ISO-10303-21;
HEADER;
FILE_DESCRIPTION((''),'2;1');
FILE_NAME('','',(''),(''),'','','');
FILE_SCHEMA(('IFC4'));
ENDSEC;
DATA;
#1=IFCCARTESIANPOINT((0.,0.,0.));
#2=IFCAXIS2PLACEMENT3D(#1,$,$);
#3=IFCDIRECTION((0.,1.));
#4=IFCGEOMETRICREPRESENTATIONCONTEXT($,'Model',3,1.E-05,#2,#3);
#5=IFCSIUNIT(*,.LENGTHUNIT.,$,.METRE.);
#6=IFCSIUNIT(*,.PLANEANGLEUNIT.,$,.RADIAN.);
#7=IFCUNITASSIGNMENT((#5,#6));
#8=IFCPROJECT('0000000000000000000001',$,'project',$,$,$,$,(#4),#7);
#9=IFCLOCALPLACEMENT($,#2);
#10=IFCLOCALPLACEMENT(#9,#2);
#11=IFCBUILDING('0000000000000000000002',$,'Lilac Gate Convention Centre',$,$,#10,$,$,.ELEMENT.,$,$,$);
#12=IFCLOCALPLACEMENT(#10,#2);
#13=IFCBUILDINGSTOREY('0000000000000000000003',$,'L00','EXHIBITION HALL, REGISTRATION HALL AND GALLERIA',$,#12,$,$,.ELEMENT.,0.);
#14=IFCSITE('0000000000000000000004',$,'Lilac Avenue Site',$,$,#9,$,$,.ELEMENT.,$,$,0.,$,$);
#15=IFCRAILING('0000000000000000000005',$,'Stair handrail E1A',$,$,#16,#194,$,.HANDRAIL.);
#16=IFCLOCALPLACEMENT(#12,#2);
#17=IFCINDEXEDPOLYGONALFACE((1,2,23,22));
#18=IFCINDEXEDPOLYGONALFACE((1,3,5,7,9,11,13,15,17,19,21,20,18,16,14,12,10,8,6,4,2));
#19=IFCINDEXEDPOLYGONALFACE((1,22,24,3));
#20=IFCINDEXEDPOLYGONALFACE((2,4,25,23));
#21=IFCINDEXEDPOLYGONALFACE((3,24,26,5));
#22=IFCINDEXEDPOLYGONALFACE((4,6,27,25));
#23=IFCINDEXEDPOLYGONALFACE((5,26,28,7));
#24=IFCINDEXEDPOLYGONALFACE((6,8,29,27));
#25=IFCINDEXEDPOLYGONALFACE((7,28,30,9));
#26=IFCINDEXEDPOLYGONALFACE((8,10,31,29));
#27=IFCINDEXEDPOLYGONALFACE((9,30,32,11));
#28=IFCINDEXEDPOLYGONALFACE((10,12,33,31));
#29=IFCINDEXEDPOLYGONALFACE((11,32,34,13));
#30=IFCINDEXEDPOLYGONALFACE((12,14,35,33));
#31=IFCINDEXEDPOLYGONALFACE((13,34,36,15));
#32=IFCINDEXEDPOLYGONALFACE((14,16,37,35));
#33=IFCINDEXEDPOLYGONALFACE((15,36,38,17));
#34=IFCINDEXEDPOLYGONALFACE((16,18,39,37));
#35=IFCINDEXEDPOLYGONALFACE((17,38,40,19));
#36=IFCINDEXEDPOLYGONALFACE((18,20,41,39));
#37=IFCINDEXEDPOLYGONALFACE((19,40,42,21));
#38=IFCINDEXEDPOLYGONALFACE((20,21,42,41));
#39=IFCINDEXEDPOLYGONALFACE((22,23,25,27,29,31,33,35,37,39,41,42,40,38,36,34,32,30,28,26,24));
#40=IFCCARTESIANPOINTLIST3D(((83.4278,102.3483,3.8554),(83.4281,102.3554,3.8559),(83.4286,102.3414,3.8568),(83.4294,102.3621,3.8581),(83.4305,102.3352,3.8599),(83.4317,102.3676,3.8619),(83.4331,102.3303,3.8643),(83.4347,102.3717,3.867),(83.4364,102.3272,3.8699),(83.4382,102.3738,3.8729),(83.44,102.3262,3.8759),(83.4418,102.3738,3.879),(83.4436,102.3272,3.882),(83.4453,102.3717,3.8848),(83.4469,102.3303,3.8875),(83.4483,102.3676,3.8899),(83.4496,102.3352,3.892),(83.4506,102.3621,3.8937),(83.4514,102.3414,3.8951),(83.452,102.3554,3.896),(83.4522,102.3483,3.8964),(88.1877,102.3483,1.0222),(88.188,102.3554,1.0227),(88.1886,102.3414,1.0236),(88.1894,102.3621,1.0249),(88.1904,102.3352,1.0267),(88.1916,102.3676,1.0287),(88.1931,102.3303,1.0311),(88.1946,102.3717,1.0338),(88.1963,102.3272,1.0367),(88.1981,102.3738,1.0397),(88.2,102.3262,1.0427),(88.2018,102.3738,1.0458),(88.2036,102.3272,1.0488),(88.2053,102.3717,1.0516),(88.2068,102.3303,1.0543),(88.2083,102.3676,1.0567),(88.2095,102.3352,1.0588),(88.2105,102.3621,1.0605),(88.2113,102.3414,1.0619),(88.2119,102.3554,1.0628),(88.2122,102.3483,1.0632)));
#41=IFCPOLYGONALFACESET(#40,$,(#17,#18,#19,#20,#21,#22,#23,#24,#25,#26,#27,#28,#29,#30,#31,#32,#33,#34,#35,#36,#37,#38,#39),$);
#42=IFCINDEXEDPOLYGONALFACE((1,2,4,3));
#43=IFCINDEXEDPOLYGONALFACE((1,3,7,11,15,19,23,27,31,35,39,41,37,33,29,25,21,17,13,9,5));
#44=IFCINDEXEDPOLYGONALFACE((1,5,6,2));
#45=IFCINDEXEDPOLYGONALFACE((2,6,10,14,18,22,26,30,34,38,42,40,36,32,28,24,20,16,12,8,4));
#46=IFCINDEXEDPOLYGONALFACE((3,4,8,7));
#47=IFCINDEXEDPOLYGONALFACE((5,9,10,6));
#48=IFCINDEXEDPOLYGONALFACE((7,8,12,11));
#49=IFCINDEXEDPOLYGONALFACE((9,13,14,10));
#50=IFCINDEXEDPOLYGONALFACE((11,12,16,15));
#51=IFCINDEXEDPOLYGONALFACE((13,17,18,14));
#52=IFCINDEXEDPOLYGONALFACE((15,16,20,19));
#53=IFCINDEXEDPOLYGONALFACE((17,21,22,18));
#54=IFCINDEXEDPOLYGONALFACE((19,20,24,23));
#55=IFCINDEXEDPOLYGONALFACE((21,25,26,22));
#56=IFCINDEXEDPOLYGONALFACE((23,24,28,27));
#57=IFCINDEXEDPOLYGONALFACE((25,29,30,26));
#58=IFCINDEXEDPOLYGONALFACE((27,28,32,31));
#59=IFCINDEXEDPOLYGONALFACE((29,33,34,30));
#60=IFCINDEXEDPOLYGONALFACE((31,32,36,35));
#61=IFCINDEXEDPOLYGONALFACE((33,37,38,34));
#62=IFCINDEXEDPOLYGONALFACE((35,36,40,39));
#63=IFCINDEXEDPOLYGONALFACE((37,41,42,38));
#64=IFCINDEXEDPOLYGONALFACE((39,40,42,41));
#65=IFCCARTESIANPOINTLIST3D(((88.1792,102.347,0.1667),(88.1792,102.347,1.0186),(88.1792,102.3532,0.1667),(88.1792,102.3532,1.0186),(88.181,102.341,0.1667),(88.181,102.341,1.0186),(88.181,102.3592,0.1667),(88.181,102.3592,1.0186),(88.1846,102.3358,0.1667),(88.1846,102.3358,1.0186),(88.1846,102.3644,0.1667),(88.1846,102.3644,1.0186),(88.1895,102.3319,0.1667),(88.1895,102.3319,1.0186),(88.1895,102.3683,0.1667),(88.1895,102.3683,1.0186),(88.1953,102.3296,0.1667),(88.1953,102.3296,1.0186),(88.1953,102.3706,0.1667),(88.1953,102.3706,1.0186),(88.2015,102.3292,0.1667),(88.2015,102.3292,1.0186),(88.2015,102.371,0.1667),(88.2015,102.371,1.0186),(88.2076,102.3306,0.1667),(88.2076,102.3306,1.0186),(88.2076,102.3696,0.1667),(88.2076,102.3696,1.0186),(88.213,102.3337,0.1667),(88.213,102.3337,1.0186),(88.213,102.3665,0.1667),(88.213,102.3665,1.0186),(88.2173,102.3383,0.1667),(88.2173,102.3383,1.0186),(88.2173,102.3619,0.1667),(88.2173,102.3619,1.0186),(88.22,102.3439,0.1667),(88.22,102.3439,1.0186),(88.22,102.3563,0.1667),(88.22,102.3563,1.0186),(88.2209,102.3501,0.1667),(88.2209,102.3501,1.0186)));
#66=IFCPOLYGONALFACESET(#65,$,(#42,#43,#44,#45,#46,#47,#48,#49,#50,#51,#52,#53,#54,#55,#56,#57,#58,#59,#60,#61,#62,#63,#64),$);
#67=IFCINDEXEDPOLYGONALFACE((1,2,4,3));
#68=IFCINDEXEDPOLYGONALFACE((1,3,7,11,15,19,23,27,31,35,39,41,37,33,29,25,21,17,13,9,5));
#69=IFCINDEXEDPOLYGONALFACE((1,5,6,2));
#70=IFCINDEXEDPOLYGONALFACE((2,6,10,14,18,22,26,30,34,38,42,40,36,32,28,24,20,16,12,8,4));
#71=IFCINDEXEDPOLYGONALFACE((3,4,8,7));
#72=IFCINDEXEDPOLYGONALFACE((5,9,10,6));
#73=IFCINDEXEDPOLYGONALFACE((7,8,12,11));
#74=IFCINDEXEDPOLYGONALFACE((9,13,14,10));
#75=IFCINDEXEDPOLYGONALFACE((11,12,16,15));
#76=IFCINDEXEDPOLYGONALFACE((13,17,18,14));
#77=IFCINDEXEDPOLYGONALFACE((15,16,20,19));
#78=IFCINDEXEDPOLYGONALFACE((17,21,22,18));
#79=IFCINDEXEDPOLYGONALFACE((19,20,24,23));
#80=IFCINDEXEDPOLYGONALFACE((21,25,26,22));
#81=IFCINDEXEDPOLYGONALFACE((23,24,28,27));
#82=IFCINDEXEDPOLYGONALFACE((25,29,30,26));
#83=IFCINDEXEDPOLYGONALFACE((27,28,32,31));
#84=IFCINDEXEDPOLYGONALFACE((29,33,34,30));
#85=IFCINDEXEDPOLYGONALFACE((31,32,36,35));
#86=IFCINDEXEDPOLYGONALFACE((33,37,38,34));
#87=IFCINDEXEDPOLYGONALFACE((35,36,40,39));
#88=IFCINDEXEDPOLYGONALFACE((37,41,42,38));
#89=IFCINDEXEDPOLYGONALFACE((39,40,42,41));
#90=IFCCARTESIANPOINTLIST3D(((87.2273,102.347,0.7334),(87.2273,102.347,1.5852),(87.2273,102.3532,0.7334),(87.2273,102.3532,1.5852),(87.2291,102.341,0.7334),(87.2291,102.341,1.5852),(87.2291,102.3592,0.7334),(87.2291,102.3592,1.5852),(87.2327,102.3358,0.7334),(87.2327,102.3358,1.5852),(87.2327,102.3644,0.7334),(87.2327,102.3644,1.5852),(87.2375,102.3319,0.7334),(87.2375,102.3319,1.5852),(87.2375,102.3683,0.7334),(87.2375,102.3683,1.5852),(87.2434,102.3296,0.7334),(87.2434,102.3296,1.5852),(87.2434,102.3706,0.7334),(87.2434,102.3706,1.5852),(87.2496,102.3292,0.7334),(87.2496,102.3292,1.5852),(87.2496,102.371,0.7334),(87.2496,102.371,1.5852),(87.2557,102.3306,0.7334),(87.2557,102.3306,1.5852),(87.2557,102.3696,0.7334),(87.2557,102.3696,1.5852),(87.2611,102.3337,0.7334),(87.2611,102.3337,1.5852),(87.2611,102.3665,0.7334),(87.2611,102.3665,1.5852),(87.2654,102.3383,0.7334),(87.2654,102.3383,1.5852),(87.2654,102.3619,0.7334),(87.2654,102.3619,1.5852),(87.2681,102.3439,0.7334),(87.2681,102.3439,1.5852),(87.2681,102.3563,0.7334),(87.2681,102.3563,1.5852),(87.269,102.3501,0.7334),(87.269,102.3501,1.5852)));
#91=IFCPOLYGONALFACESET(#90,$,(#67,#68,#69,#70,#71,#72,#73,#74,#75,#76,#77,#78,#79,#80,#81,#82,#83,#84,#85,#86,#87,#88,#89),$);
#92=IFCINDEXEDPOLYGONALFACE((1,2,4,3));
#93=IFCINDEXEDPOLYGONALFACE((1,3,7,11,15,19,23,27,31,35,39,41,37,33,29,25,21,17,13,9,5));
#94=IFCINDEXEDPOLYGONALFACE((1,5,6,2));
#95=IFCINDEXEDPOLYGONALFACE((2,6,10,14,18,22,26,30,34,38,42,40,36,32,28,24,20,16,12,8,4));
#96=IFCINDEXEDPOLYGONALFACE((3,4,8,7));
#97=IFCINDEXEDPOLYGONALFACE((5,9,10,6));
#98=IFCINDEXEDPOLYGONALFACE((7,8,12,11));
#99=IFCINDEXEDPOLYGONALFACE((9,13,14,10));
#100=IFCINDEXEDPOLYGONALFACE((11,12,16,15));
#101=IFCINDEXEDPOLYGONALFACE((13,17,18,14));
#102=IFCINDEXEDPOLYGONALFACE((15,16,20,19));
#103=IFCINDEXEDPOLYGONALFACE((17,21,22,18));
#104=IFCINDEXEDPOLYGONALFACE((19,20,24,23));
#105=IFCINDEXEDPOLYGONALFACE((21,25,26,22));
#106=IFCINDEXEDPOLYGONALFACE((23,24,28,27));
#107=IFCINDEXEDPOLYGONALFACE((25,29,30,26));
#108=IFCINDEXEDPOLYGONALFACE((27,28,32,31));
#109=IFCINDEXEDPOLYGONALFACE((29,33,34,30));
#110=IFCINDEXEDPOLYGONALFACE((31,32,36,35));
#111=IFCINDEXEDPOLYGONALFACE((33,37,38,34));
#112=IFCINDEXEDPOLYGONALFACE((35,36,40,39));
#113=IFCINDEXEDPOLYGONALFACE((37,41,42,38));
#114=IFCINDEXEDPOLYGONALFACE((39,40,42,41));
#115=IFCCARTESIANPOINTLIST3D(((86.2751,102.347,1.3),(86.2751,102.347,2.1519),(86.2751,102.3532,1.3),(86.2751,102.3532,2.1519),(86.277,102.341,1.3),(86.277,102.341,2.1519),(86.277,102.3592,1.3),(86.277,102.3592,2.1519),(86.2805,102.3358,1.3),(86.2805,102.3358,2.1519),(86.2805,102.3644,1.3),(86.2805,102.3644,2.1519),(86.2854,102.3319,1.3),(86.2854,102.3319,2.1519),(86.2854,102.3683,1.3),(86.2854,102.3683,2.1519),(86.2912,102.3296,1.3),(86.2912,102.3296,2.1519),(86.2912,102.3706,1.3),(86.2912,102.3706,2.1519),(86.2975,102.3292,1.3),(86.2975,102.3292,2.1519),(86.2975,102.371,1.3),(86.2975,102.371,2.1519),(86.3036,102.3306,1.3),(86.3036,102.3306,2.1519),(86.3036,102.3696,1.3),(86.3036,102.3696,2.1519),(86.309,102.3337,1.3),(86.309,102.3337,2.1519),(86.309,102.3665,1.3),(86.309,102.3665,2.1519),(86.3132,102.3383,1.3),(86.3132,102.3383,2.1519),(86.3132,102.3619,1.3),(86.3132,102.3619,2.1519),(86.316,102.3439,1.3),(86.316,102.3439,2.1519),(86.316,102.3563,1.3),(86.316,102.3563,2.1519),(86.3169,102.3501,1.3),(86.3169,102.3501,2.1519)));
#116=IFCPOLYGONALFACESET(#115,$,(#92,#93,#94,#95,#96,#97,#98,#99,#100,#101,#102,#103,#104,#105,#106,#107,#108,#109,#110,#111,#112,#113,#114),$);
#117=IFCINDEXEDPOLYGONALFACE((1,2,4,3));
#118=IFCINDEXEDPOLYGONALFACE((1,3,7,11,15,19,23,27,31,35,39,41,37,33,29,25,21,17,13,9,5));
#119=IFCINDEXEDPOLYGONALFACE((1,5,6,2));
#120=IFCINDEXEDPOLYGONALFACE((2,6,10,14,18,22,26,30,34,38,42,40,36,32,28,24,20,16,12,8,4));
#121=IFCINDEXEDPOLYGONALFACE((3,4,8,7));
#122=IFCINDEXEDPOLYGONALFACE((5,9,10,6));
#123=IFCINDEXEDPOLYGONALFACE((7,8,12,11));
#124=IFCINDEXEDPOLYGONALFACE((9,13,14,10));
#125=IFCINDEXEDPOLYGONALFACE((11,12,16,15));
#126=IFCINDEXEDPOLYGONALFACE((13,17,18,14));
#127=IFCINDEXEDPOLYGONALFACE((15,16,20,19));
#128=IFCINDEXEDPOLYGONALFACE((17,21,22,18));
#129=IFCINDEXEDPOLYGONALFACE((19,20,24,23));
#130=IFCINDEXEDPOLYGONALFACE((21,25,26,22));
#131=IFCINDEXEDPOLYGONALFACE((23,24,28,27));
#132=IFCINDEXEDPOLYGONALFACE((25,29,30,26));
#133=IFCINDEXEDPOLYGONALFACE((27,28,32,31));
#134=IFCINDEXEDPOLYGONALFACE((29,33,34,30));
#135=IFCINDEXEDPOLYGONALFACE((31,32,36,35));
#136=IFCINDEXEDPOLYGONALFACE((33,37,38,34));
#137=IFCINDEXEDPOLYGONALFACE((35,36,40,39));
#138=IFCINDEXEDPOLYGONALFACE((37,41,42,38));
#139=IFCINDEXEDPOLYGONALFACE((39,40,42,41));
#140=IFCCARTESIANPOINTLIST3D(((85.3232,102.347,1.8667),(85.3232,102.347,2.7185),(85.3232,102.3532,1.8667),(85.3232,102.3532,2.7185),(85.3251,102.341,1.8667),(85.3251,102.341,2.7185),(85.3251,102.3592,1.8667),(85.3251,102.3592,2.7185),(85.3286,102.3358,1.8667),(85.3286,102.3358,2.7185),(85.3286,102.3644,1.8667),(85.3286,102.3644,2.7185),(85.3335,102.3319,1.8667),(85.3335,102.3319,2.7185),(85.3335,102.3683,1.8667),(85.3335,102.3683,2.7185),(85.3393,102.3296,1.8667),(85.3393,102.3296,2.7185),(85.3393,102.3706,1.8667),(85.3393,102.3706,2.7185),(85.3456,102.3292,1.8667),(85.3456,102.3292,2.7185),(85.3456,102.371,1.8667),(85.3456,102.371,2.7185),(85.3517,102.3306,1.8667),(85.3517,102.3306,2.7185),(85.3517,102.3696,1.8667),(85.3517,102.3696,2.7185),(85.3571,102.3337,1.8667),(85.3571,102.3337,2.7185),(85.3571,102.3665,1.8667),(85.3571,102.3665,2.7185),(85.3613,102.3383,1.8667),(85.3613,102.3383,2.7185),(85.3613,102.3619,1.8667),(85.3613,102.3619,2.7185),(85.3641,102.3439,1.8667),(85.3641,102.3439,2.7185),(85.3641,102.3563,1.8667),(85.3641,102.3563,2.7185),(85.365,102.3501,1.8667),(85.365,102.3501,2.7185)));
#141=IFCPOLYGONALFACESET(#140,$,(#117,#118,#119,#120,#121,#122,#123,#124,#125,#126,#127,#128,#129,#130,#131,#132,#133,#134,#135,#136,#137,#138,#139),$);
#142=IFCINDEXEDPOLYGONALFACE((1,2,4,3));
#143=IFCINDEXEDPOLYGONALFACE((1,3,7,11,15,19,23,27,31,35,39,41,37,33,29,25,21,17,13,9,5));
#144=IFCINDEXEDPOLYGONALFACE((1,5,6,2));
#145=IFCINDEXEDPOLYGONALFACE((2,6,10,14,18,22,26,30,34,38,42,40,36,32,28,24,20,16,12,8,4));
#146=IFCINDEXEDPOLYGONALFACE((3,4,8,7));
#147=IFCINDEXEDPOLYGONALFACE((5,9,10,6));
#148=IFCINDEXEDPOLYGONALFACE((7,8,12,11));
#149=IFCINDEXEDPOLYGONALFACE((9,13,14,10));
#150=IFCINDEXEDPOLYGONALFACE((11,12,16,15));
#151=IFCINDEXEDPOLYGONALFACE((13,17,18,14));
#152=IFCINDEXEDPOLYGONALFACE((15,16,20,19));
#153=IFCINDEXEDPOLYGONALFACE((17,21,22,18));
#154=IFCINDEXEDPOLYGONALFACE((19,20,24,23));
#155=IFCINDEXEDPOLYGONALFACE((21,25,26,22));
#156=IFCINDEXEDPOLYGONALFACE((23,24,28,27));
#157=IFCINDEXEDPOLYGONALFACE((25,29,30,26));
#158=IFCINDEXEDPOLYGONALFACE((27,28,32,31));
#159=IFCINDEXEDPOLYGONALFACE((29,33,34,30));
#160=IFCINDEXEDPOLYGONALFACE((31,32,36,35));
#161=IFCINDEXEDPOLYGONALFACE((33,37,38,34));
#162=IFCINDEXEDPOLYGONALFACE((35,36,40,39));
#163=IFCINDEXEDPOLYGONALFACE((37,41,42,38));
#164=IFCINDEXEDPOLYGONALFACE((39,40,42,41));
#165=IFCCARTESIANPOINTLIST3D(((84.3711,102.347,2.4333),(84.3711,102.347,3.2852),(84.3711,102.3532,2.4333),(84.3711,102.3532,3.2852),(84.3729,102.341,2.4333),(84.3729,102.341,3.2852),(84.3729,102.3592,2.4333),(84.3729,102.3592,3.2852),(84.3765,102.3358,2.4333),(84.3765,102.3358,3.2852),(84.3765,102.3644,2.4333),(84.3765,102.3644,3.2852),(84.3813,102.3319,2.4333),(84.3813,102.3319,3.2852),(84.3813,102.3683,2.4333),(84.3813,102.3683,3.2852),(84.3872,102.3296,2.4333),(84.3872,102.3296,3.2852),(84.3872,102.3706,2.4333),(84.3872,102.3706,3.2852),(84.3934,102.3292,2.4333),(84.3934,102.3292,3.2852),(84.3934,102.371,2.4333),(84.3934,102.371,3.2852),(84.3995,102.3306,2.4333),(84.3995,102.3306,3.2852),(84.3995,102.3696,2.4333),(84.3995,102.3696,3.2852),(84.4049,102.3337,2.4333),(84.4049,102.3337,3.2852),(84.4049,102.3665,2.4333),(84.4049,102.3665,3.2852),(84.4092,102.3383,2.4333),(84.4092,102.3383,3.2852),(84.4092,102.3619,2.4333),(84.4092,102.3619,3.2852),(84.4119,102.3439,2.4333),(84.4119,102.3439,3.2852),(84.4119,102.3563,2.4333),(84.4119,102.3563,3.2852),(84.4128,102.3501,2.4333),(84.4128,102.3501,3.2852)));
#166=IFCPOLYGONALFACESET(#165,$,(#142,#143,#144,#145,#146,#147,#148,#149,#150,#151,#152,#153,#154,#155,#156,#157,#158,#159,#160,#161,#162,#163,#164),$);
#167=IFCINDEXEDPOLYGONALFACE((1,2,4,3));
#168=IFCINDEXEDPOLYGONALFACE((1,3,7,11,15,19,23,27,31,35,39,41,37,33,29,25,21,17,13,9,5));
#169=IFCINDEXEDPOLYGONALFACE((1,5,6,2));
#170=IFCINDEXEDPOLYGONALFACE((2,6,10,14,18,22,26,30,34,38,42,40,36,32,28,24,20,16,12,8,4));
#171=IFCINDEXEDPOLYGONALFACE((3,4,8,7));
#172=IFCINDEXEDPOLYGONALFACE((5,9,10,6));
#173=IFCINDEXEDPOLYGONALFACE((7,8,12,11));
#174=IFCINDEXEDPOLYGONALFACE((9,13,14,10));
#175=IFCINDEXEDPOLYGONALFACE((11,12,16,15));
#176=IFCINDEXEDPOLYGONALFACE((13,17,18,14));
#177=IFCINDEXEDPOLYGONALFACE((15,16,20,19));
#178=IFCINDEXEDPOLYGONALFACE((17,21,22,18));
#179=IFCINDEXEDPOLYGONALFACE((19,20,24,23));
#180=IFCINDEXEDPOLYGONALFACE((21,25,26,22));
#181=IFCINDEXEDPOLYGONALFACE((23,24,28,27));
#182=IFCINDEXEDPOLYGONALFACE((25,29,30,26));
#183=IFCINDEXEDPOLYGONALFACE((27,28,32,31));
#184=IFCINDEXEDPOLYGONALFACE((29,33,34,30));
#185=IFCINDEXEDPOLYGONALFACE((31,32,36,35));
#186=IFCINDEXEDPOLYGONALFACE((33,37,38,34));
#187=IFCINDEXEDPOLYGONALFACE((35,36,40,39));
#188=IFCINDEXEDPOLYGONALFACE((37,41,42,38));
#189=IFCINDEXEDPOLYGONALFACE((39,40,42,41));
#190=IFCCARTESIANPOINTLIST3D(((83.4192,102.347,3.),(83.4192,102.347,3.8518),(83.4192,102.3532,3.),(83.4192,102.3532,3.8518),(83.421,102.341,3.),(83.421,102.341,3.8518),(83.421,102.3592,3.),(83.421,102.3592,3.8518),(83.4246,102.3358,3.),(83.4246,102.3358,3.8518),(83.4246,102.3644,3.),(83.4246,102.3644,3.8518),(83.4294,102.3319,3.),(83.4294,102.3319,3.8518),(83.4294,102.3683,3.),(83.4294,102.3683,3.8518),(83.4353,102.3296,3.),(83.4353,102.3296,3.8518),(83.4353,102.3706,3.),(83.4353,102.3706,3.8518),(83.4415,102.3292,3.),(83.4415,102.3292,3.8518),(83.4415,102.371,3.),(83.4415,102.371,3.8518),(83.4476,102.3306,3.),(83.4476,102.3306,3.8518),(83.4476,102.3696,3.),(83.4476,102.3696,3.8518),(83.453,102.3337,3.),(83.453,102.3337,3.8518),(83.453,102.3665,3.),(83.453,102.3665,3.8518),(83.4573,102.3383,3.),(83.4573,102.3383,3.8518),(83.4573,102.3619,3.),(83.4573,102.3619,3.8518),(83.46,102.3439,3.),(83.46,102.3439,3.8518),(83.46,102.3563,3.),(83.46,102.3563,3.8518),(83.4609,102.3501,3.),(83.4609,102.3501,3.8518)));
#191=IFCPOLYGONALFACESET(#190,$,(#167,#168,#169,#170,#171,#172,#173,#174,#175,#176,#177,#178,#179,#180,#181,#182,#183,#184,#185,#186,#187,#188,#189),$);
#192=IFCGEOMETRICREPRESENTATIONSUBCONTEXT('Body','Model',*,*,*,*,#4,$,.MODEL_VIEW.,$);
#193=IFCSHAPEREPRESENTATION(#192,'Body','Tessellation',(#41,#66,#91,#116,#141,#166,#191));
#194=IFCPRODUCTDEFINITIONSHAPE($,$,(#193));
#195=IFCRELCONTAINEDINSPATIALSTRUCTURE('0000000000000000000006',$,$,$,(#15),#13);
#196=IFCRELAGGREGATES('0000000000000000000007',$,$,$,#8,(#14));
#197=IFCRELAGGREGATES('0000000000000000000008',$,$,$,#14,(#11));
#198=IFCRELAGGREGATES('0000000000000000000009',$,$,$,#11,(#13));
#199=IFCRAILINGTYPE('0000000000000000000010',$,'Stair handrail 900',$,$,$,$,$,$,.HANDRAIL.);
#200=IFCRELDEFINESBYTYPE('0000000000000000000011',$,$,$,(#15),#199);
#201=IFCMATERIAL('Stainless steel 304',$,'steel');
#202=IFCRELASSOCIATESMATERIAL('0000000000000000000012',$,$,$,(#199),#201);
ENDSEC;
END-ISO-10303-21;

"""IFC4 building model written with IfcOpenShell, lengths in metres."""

from ifc_helpers import new_model, si_unit, direction, frame, origin, origin_2d, place, context, subcontext, project, spatial, circle, extrude, material, type_object, element, save


model = new_model("IFC4")

# Units and contexts
model_context = context("Model", 3, precision=1e-05, world=origin(), true_north=direction((0.0, 1.0)))
body_context = subcontext(model_context, "Body", "Model", "MODEL_VIEW")
ifc_project = project(units=[si_unit("LENGTHUNIT", "METRE"), si_unit("PLANEANGLEUNIT", "RADIAN")], contexts=[model_context])

# Site, building, storey
site_placement = place(None, origin())
site = spatial("IfcSite", under=ifc_project, at=site_placement, Name="Lilac Avenue Site", CompositionType="ELEMENT", RefElevation=0.0)
building_placement = place(site_placement, origin())
building = spatial("IfcBuilding", under=site, at=building_placement, Name="Lilac Gate Convention Centre", CompositionType="ELEMENT")
storey_placement = place(building_placement, origin())
storey = spatial("IfcBuildingStorey", under=building, at=storey_placement, Name="L00", Description="EXHIBITION HALL, REGISTRATION HALL AND GALLERIA", CompositionType="ELEMENT", Elevation=0.0)

# Shared definitions
ifc_material_1 = material(Name="Stainless steel 304", Category="steel")

# Railing
railing_type = type_object("IfcRailingType", Name="Stair handrail 900", PredefinedType="HANDRAIL", material=ifc_material_1)
for number, where, name in (
    (1, (88.2, 102.3501, 0.1667), "Stair handrail E1A"),
):
    element("IfcRailing", number, at=place(storey_placement, frame(where)), inside=storey, type_object=railing_type, Name=name, PredefinedType="HANDRAIL", context=body_context, shape_type="SweptSolid", body=[
        extrude(circle(Radius=0.0239, at=origin_2d()), frame((0.0, 0.0, 0.876), z_axis=(-0.8593, 0.0, 0.511472), x_axis=(0.0, -1.0, 0.0)), (0.0, 0.0, 1.0), 5.5393),
        extrude(circle(Radius=0.021, at=origin_2d()), origin(), (0.0, 0.0, 1.0), 0.8518),
        extrude(circle(Radius=0.021, at=origin_2d()), frame((-0.9519, 0.0, 0.5667)), (0.0, 0.0, 1.0), 0.8518),
        extrude(circle(Radius=0.021, at=origin_2d()), frame((-1.9041, 0.0, 1.1333)), (0.0, 0.0, 1.0), 0.8518),
        extrude(circle(Radius=0.021, at=origin_2d()), frame((-2.856, 0.0, 1.7)), (0.0, 0.0, 1.0), 0.8518),
        extrude(circle(Radius=0.021, at=origin_2d()), frame((-3.8081, 0.0, 2.2666)), (0.0, 0.0, 1.0), 0.8518),
        extrude(circle(Radius=0.021, at=origin_2d()), frame((-4.76, 0.0, 2.8333)), (0.0, 0.0, 1.0), 0.8518),
    ])

save(model, "model.ifc")
